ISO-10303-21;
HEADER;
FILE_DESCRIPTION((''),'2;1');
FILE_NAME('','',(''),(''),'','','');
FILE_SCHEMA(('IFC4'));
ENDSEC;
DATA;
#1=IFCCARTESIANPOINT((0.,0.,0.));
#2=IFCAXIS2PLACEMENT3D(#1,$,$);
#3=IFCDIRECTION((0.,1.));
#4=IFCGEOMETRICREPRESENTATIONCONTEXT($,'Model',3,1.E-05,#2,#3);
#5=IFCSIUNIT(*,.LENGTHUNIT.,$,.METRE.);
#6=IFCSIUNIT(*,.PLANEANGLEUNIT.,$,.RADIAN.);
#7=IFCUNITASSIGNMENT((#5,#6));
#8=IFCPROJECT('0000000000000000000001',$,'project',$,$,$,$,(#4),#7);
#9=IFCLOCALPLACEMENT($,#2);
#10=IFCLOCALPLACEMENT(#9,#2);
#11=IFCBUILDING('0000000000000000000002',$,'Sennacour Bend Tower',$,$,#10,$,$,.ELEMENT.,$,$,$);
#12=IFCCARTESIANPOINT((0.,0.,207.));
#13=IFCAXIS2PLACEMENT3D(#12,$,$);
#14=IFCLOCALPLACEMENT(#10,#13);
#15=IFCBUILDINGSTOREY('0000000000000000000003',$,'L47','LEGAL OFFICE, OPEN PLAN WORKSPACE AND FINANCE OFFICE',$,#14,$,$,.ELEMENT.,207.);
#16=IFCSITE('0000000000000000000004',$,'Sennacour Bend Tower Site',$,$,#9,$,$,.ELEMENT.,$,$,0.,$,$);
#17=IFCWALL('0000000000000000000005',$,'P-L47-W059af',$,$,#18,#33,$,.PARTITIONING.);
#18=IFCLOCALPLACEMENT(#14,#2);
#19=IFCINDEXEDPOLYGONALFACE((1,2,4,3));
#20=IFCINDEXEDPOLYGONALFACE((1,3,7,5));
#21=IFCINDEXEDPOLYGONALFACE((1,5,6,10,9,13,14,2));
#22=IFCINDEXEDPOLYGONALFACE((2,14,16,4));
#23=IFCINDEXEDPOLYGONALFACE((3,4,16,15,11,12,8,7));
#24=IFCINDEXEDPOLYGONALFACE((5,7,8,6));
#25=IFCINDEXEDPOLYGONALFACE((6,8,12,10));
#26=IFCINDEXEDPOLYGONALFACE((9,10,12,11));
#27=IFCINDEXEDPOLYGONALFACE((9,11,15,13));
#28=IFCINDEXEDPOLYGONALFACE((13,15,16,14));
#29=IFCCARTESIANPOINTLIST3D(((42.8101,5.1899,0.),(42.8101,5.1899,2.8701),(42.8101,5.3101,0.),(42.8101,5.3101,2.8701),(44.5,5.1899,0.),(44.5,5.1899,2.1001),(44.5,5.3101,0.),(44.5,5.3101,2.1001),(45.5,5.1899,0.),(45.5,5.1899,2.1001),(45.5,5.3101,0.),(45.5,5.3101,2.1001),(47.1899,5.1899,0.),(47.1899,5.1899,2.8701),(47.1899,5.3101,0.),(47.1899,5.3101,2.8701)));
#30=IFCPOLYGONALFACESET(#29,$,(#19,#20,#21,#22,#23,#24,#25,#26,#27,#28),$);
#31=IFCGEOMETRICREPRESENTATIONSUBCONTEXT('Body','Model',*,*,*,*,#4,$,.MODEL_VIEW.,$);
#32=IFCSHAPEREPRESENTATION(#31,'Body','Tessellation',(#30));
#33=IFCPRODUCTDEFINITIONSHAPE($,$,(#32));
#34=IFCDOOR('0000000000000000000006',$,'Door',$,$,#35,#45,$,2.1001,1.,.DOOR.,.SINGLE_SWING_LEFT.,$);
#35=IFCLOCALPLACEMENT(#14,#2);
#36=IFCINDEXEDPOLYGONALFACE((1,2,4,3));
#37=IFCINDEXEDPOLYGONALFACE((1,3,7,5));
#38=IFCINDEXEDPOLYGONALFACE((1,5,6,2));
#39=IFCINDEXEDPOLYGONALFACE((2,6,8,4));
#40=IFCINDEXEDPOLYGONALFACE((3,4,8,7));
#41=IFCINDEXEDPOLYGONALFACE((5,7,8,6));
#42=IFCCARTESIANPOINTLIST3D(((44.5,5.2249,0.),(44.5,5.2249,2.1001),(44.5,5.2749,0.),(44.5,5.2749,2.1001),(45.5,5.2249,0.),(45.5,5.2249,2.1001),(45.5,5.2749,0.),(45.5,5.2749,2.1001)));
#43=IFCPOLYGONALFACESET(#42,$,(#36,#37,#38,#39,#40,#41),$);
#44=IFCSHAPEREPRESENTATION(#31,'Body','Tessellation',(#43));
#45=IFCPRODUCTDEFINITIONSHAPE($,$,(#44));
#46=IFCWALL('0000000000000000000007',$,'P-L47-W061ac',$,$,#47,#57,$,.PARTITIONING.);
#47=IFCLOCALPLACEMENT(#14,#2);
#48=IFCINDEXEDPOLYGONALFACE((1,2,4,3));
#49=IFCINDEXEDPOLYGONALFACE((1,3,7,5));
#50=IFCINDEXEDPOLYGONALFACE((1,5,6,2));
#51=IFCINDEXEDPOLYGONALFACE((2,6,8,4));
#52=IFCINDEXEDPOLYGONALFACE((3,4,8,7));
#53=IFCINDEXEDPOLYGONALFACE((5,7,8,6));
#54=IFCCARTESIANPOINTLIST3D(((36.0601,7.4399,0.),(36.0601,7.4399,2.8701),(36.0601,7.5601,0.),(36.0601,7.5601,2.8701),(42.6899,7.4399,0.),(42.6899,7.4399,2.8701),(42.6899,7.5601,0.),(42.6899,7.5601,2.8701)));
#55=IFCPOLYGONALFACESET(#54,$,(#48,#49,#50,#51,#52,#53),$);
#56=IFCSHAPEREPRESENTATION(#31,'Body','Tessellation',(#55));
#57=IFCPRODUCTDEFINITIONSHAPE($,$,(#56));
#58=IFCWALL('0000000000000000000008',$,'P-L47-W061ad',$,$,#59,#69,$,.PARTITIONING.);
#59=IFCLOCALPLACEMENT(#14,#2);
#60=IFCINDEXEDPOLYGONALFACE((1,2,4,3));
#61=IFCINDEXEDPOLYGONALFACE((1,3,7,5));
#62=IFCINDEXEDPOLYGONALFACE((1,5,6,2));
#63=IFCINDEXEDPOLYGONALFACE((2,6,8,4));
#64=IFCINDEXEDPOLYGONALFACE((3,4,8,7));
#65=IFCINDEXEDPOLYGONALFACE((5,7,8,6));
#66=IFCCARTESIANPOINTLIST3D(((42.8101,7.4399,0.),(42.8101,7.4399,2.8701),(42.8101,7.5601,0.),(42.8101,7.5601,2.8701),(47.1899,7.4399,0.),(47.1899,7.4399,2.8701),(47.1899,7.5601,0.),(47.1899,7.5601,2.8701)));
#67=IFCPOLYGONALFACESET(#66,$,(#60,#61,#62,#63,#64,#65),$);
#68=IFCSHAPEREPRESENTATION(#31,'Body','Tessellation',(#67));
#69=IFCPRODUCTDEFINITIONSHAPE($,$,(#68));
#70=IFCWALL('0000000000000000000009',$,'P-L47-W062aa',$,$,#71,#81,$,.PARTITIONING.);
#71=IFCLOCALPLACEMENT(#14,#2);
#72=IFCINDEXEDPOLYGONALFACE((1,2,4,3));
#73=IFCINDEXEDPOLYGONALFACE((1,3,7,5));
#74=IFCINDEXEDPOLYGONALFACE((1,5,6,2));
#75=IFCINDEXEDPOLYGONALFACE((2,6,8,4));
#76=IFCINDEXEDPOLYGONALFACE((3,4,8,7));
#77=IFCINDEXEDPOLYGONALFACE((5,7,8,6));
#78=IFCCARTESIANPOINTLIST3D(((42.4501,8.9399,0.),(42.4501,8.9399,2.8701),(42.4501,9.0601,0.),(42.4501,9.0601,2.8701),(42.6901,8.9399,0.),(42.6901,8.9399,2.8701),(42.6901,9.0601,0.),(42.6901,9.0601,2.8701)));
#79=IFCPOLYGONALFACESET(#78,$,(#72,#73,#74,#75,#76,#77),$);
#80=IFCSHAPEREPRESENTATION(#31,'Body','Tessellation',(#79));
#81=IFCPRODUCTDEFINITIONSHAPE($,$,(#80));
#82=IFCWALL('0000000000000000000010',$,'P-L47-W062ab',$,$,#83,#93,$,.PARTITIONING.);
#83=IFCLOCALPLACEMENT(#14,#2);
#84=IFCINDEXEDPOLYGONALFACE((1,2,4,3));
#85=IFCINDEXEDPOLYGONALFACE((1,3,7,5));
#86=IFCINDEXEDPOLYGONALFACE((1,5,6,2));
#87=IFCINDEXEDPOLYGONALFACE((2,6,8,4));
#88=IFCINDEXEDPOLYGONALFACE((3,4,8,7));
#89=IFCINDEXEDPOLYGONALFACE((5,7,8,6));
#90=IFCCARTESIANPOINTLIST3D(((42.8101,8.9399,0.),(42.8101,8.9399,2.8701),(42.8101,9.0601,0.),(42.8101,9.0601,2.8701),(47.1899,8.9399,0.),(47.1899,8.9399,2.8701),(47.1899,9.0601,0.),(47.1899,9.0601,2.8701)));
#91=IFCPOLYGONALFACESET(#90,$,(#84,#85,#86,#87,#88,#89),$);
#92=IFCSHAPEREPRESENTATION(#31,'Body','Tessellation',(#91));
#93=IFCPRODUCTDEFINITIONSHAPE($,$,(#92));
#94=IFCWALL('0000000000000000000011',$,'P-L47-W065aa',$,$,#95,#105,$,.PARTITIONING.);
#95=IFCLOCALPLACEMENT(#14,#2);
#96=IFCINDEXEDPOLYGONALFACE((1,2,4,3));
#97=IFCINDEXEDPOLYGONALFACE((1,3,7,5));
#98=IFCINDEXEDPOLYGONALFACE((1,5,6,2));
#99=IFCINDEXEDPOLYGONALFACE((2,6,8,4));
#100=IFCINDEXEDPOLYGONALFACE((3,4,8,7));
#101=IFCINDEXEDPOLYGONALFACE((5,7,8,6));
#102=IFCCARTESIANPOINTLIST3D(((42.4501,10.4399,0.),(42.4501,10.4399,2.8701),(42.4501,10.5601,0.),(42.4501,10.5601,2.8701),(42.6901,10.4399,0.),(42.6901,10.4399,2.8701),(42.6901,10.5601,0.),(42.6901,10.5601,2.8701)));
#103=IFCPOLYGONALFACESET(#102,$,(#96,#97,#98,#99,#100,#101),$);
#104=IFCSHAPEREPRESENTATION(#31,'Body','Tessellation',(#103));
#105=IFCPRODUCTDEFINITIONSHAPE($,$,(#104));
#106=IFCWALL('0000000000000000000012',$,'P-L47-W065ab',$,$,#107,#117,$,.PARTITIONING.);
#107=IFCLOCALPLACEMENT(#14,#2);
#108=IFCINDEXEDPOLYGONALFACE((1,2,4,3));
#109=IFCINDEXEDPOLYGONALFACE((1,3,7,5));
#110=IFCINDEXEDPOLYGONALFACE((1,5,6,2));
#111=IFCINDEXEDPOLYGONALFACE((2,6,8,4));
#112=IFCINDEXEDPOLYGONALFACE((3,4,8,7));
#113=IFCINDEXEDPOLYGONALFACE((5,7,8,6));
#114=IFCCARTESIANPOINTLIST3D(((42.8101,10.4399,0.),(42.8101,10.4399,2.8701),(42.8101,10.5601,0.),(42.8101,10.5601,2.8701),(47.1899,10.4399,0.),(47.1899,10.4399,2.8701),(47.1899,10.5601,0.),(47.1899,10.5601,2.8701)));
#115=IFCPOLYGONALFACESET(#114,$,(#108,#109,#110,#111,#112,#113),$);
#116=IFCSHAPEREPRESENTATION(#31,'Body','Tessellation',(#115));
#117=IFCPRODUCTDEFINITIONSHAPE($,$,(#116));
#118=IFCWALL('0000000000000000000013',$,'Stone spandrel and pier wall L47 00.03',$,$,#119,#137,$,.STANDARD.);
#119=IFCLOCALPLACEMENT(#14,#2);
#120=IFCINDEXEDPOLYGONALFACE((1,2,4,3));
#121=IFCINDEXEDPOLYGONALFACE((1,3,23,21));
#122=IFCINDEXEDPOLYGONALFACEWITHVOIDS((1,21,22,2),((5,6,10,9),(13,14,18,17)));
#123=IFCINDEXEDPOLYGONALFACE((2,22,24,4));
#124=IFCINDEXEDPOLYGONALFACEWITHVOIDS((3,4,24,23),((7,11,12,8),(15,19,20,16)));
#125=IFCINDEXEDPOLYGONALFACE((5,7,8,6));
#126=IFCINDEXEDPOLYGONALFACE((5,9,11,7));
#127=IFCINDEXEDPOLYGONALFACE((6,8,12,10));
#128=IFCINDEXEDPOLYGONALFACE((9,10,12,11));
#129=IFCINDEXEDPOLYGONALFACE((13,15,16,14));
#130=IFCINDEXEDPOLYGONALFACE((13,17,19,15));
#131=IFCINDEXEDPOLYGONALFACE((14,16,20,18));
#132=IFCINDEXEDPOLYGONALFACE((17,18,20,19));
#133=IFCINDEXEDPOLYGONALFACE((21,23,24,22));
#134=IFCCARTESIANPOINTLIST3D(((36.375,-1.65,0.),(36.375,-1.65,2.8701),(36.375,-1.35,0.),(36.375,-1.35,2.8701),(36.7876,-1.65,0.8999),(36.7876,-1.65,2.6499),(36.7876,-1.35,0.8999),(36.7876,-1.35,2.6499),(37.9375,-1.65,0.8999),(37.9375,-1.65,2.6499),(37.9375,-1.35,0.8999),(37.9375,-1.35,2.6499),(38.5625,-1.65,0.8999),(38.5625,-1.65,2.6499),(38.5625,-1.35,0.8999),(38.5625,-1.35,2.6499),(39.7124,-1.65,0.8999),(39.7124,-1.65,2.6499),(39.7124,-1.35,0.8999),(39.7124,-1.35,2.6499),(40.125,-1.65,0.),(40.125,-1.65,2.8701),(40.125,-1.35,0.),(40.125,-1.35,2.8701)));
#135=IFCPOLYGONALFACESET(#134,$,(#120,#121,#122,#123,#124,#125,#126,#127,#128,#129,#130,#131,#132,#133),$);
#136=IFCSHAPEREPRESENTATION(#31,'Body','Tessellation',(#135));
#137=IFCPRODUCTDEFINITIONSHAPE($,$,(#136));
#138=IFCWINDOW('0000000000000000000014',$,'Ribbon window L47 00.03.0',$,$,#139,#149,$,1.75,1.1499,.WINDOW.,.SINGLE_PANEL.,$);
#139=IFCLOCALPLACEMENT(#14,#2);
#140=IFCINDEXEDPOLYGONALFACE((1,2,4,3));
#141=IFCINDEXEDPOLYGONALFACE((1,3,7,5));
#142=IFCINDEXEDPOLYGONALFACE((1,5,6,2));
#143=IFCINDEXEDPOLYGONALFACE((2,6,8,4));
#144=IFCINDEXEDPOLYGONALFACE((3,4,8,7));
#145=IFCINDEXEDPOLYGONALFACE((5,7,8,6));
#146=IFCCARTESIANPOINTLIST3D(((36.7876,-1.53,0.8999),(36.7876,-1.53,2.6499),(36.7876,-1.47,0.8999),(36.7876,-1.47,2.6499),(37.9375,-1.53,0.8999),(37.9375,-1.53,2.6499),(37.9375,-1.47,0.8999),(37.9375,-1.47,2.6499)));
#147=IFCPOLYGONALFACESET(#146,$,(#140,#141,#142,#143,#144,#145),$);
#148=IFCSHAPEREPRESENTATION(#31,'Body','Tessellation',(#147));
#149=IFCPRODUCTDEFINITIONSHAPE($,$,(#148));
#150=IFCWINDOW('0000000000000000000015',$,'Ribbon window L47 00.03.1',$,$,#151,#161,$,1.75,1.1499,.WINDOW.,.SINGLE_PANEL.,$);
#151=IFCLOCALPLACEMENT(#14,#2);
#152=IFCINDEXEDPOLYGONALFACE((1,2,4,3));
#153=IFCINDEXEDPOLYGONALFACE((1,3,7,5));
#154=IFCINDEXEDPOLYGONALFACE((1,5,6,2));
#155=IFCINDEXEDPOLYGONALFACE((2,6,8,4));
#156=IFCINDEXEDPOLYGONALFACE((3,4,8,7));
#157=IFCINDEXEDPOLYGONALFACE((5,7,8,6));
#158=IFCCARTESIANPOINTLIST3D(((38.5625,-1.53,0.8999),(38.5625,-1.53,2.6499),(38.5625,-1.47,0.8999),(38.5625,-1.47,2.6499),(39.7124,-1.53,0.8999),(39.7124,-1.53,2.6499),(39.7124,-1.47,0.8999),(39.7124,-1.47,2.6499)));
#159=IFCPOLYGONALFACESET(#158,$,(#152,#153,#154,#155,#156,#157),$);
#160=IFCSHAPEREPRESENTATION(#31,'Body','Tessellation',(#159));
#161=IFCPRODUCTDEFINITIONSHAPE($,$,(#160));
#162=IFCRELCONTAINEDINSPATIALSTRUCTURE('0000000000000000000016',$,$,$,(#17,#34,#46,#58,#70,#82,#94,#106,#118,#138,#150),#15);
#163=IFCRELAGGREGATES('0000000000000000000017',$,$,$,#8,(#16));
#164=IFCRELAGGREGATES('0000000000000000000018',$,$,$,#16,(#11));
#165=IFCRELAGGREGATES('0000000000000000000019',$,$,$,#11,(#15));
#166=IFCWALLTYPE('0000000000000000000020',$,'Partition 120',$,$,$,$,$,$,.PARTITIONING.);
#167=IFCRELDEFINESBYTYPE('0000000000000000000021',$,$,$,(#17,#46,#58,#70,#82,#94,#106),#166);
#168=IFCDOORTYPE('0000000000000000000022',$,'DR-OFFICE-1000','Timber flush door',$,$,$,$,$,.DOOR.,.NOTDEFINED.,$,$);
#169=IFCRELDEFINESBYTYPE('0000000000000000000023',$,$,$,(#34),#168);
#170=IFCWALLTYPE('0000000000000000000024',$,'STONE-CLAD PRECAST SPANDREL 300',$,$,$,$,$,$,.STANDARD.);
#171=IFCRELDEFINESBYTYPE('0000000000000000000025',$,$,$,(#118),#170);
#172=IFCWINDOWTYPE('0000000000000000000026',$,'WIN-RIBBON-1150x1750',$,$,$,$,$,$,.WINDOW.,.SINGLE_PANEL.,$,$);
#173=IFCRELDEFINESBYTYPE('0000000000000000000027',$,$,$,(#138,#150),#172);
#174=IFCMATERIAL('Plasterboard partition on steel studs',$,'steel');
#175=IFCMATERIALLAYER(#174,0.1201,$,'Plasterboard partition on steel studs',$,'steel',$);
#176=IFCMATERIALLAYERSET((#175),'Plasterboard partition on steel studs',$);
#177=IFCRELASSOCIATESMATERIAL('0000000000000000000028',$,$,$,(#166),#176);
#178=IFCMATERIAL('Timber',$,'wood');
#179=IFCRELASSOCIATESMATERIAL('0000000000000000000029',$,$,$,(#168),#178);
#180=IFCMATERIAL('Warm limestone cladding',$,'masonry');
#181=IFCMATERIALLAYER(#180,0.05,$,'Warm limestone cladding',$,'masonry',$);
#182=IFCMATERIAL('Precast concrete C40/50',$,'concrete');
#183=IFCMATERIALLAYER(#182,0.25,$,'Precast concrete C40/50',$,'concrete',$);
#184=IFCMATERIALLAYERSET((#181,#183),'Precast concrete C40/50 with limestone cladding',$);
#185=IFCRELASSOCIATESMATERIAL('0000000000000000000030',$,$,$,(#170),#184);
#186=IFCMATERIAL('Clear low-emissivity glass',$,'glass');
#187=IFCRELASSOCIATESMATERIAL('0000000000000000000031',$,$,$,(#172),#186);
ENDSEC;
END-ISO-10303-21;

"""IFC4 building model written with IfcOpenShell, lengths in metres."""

from ifc_helpers import new_model, si_unit, direction, frame, frame_2d, origin, place, context, subcontext, project, spatial, rectangle, extrude, material, layer, layer_set, type_object, element, fill, save


model = new_model("IFC4")

# Units and contexts
model_context = context("Model", 3, precision=1e-05, world=origin(), true_north=direction((0.0, 1.0)))
body_context = subcontext(model_context, "Body", "Model", "MODEL_VIEW")
ifc_project = project(units=[si_unit("LENGTHUNIT", "METRE"), si_unit("PLANEANGLEUNIT", "RADIAN")], contexts=[model_context])

# Site, building, storey
site_placement = place(None, origin())
site = spatial("IfcSite", under=ifc_project, at=site_placement, Name="Sennacour Bend Tower Site", CompositionType="ELEMENT", RefElevation=0.0)
building_placement = place(site_placement, origin())
building = spatial("IfcBuilding", under=site, at=building_placement, Name="Sennacour Bend Tower", CompositionType="ELEMENT")
storey_placement = place(building_placement, frame((0.0, 0.0, 207.0)))
storey = spatial("IfcBuildingStorey", under=building, at=storey_placement, Name="L47", Description="LEGAL OFFICE, OPEN PLAN WORKSPACE AND FINANCE OFFICE", CompositionType="ELEMENT", Elevation=207.0)

# Shared definitions
ifc_material_1 = material(Name="Plasterboard partition on steel studs", Category="steel")
ifc_layer_1 = layer(ifc_material_1, 0.1201, Name="Plasterboard partition on steel studs", Category="steel")
ifc_layer_set_1 = layer_set([ifc_layer_1], Name="Plasterboard partition on steel studs")
wall_type_1 = type_object("IfcWallType", Name="Partition 120", PredefinedType="PARTITIONING", material=ifc_layer_set_1)

# Wall, opening, door
ifc_material_2 = material(Name="Timber", Category="wood")
wall_1_placement = place(storey_placement, frame((42.8101, 5.25, 0.0), z_axis=(0.0, 0.0, 1.0), x_axis=(1.0, 0.0, 0.0)))
wall_1 = element("IfcWall", 1, at=wall_1_placement, inside=storey, type_object=wall_type_1, Name="P-L47-W059af", PredefinedType="PARTITIONING", context=body_context, shape_type="SweptSolid", body=[
    extrude(rectangle(XDim=4.3799, YDim=0.1201, at=frame_2d((2.1899, 0.0))), origin(), (0.0, 0.0, 1.0), 2.8701),
])
opening_1_placement = place(wall_1_placement, frame((1.6899, 0.0, 0.0)))
opening_1 = element("IfcOpeningElement", 2, at=opening_1_placement, cuts=wall_1, PredefinedType="OPENING", context=body_context, shape_type="SweptSolid", body=[
    extrude(rectangle(XDim=1.0, YDim=2.1001, at=frame_2d((0.5, 1.05))), frame((0.0, 0.0701, 0.0), z_axis=(0.0, -1.0, 0.0), x_axis=(1.0, 0.0, 0.0)), (0.0, 0.0, 1.0), 0.1401),
])
door_type_1 = type_object("IfcDoorType", Name="DR-OFFICE-1000", Description="Timber flush door", OperationType="NOTDEFINED", PredefinedType="DOOR", material=ifc_material_2)
door_1_placement = place(opening_1_placement, origin())
door_1 = element("IfcDoor", 3, at=door_1_placement, inside=storey, type_object=door_type_1, Name="Door", OperationType="SINGLE_SWING_LEFT", OverallHeight=2.1001, OverallWidth=1.0, PredefinedType="DOOR", context=body_context, shape_type="SweptSolid", body=[
    extrude(rectangle(XDim=1.0, YDim=2.1001, at=frame_2d((0.5, 1.05))), frame((0.0, 0.0249, 0.0), z_axis=(0.0, -1.0, 0.0), x_axis=(1.0, 0.0, 0.0)), (0.0, 0.0, 1.0), 0.05),
])
fill(opening_1, door_1)

# Walls
wall_2_placement = place(storey_placement, frame((36.0601, 7.5, 0.0), z_axis=(0.0, 0.0, 1.0), x_axis=(1.0, 0.0, 0.0)))
element("IfcWall", 4, at=wall_2_placement, inside=storey, type_object=wall_type_1, Name="P-L47-W061ac", PredefinedType="PARTITIONING", context=body_context, shape_type="SweptSolid", body=[
    extrude(rectangle(XDim=6.6299, YDim=0.1201, at=frame_2d((3.3149, 0.0))), origin(), (0.0, 0.0, 1.0), 2.8701),
])
wall_3_placement = place(storey_placement, frame((42.8101, 7.5, 0.0), z_axis=(0.0, 0.0, 1.0), x_axis=(1.0, 0.0, 0.0)))
element("IfcWall", 5, at=wall_3_placement, inside=storey, type_object=wall_type_1, Name="P-L47-W061ad", PredefinedType="PARTITIONING", context=body_context, shape_type="SweptSolid", body=[
    extrude(rectangle(XDim=4.3799, YDim=0.1201, at=frame_2d((2.1899, 0.0))), origin(), (0.0, 0.0, 1.0), 2.8701),
])
wall_4_placement = place(storey_placement, frame((42.45, 9.0, 0.0), z_axis=(0.0, 0.0, 1.0), x_axis=(1.0, 0.0, 0.0)))
element("IfcWall", 6, at=wall_4_placement, inside=storey, type_object=wall_type_1, Name="P-L47-W062aa", PredefinedType="PARTITIONING", context=body_context, shape_type="SweptSolid", body=[
    extrude(rectangle(XDim=0.24, YDim=0.1201, at=frame_2d((0.1201, 0.0))), origin(), (0.0, 0.0, 1.0), 2.8701),
])
wall_5_placement = place(storey_placement, frame((42.8101, 9.0, 0.0), z_axis=(0.0, 0.0, 1.0), x_axis=(1.0, 0.0, 0.0)))
element("IfcWall", 7, at=wall_5_placement, inside=storey, type_object=wall_type_1, Name="P-L47-W062ab", PredefinedType="PARTITIONING", context=body_context, shape_type="SweptSolid", body=[
    extrude(rectangle(XDim=4.3799, YDim=0.1201, at=frame_2d((2.1899, 0.0))), origin(), (0.0, 0.0, 1.0), 2.8701),
])
wall_6_placement = place(storey_placement, frame((42.45, 10.5, 0.0), z_axis=(0.0, 0.0, 1.0), x_axis=(1.0, 0.0, 0.0)))
element("IfcWall", 8, at=wall_6_placement, inside=storey, type_object=wall_type_1, Name="P-L47-W065aa", PredefinedType="PARTITIONING", context=body_context, shape_type="SweptSolid", body=[
    extrude(rectangle(XDim=0.24, YDim=0.1201, at=frame_2d((0.1201, 0.0))), origin(), (0.0, 0.0, 1.0), 2.8701),
])
wall_7_placement = place(storey_placement, frame((42.8101, 10.5, 0.0), z_axis=(0.0, 0.0, 1.0), x_axis=(1.0, 0.0, 0.0)))
element("IfcWall", 9, at=wall_7_placement, inside=storey, type_object=wall_type_1, Name="P-L47-W065ab", PredefinedType="PARTITIONING", context=body_context, shape_type="SweptSolid", body=[
    extrude(rectangle(XDim=4.3799, YDim=0.1201, at=frame_2d((2.1899, 0.0))), origin(), (0.0, 0.0, 1.0), 2.8701),
])

# Wall, openings, windows
ifc_material_3 = material(Name="Warm limestone cladding", Category="masonry")
ifc_layer_2 = layer(ifc_material_3, 0.05, Name="Warm limestone cladding", Category="masonry")
ifc_material_4 = material(Name="Precast concrete C40/50", Category="concrete")
ifc_layer_3 = layer(ifc_material_4, 0.25, Name="Precast concrete C40/50", Category="concrete")
ifc_layer_set_2 = layer_set([ifc_layer_2, ifc_layer_3], Name="Precast concrete C40/50 with limestone cladding")
wall_type_2 = type_object("IfcWallType", Name="STONE-CLAD PRECAST SPANDREL 300", PredefinedType="STANDARD", material=ifc_layer_set_2)
wall_8_placement = place(storey_placement, frame((36.375, -1.5, 0.0), z_axis=(0.0, 0.0, 1.0), x_axis=(1.0, 0.0, 0.0)))
wall_8 = element("IfcWall", 10, at=wall_8_placement, inside=storey, type_object=wall_type_2, Name="Stone spandrel and pier wall L47 00.03", PredefinedType="STANDARD", context=body_context, shape_type="SweptSolid", body=[
    extrude(rectangle(XDim=3.75, YDim=0.3, at=frame_2d((1.875, 0.0))), origin(), (0.0, 0.0, 1.0), 2.8701),
])
opening_2_placement = place(wall_8_placement, frame((0.4126, 0.0, 0.8999)))
opening_2 = element("IfcOpeningElement", 11, at=opening_2_placement, cuts=wall_8, PredefinedType="OPENING", context=body_context, shape_type="SweptSolid", body=[
    extrude(rectangle(XDim=1.1499, YDim=1.75, at=frame_2d((0.575, 0.875))), frame((0.0, 0.1602, 0.0), z_axis=(0.0, -1.0, 0.0), x_axis=(1.0, 0.0, 0.0)), (0.0, 0.0, 1.0), 0.3201),
])
opening_3_placement = place(wall_8_placement, frame((2.1875, 0.0, 0.8999)))
opening_3 = element("IfcOpeningElement", 12, at=opening_3_placement, cuts=wall_8, PredefinedType="OPENING", context=body_context, shape_type="SweptSolid", body=[
    extrude(rectangle(XDim=1.1499, YDim=1.75, at=frame_2d((0.575, 0.875))), frame((0.0, 0.1602, 0.0), z_axis=(0.0, -1.0, 0.0), x_axis=(1.0, 0.0, 0.0)), (0.0, 0.0, 1.0), 0.3201),
])
ifc_material_5 = material(Name="Clear low-emissivity glass", Category="glass")
window_type = type_object("IfcWindowType", Name="WIN-RIBBON-1150x1750", PartitioningType="SINGLE_PANEL", PredefinedType="WINDOW", material=ifc_material_5)
window_1_placement = place(opening_2_placement, origin())
window_1 = element("IfcWindow", 13, at=window_1_placement, inside=storey, type_object=window_type, Name="Ribbon window L47 00.03.0", OverallHeight=1.75, OverallWidth=1.1499, PartitioningType="SINGLE_PANEL", PredefinedType="WINDOW", context=body_context, shape_type="SweptSolid", body=[
    extrude(rectangle(XDim=1.1499, YDim=1.75, at=frame_2d((0.575, 0.875))), frame((0.0, 0.03, 0.0), z_axis=(0.0, -1.0, 0.0), x_axis=(1.0, 0.0, 0.0)), (0.0, 0.0, 1.0), 0.0601),
])
fill(opening_2, window_1)
window_2_placement = place(opening_3_placement, origin())
window_2 = element("IfcWindow", 14, at=window_2_placement, inside=storey, type_object=window_type, Name="Ribbon window L47 00.03.1", OverallHeight=1.75, OverallWidth=1.1499, PartitioningType="SINGLE_PANEL", PredefinedType="WINDOW", context=body_context, shape_type="SweptSolid", body=[
    extrude(rectangle(XDim=1.1499, YDim=1.75, at=frame_2d((0.575, 0.875))), frame((0.0, 0.03, 0.0), z_axis=(0.0, -1.0, 0.0), x_axis=(1.0, 0.0, 0.0)), (0.0, 0.0, 1.0), 0.0601),
])
fill(opening_3, window_2)

save(model, "model.ifc")
